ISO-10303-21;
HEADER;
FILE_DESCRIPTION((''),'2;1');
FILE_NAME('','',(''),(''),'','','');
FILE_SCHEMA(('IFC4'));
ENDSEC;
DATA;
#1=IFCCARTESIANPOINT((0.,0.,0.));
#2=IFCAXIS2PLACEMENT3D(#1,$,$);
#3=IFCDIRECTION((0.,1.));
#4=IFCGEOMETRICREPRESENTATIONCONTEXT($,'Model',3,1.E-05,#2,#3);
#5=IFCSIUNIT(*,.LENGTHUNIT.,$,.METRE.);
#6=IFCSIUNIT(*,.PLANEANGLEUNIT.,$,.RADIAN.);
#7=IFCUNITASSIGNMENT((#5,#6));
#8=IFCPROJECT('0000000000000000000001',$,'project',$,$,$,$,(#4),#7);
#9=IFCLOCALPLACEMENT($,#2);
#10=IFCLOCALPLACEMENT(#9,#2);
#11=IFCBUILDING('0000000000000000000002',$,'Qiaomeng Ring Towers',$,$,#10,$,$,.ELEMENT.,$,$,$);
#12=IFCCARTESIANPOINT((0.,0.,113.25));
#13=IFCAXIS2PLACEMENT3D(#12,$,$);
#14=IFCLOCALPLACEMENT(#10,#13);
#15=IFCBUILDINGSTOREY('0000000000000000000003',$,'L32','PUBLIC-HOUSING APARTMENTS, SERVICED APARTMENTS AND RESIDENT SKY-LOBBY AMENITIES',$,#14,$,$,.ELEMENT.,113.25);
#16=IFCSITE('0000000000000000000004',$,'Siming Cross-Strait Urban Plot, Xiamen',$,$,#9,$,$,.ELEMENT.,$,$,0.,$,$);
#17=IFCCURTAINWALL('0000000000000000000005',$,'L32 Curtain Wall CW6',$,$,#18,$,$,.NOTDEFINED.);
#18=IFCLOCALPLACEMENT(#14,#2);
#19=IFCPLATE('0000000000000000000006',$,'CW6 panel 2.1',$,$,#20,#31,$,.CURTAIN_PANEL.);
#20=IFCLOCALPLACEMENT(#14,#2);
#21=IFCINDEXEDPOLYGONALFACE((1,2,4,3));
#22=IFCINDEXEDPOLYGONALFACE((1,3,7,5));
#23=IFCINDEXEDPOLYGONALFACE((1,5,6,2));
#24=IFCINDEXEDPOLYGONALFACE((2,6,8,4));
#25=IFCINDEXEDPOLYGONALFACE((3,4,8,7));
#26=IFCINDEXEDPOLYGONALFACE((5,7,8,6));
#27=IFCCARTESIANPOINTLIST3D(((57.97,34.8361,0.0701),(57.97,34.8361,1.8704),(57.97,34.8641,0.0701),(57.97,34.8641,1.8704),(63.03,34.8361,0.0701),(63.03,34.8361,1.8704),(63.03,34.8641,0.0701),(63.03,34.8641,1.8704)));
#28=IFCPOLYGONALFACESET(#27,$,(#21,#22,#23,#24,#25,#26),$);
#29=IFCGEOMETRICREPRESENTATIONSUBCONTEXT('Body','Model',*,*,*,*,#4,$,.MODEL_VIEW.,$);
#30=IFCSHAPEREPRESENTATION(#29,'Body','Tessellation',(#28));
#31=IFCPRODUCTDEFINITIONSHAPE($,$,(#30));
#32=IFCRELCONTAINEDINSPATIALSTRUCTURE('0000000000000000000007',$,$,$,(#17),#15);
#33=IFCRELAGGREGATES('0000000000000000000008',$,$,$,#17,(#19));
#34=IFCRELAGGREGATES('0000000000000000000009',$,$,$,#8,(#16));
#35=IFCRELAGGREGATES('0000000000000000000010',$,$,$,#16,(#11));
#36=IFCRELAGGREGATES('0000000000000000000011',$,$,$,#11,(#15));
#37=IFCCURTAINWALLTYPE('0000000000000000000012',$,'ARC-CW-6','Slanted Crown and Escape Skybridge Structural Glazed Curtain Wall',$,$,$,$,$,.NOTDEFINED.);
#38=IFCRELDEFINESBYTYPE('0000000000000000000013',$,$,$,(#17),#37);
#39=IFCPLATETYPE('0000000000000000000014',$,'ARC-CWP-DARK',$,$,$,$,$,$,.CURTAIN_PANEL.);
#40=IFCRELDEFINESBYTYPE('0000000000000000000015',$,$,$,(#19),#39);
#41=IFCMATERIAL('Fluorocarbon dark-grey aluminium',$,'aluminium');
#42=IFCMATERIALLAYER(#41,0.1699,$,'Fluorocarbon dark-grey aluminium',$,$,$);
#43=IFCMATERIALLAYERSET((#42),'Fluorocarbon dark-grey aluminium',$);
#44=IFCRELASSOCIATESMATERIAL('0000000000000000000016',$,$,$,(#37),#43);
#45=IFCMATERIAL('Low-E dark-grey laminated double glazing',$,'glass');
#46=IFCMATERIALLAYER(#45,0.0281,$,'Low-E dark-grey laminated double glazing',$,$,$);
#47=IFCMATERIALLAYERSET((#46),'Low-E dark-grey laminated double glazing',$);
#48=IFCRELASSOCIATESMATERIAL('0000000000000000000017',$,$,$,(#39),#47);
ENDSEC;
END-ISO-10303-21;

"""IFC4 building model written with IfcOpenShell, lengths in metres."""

from ifc_helpers import new_model, si_unit, direction, frame, origin, origin_2d, place, context, subcontext, project, spatial, rectangle, extrude, source, transform, mapped, material, layer, layer_set, type_object, element, aggregate, save


model = new_model("IFC4")

# Units and contexts
model_context = context("Model", 3, precision=1e-05, world=origin(), true_north=direction((0.0, 1.0)))
body_context = subcontext(model_context, "Body", "Model", "MODEL_VIEW")
ifc_project = project(units=[si_unit("LENGTHUNIT", "METRE"), si_unit("PLANEANGLEUNIT", "RADIAN")], contexts=[model_context])

# Site, building, storey
site_placement = place(None, origin())
site = spatial("IfcSite", under=ifc_project, at=site_placement, Name="Siming Cross-Strait Urban Plot, Xiamen", CompositionType="ELEMENT", RefElevation=0.0)
building_placement = place(site_placement, origin())
building = spatial("IfcBuilding", under=site, at=building_placement, Name="Qiaomeng Ring Towers", CompositionType="ELEMENT")
storey_placement = place(building_placement, frame((0.0, 0.0, 113.25)))
storey = spatial("IfcBuildingStorey", under=building, at=storey_placement, Name="L32", Description="PUBLIC-HOUSING APARTMENTS, SERVICED APARTMENTS AND RESIDENT SKY-LOBBY AMENITIES", CompositionType="ELEMENT", Elevation=113.25)

# Curtain wall
ifc_material_1 = material(Name="Fluorocarbon dark-grey aluminium", Category="aluminium")
ifc_layer_1 = layer(ifc_material_1, 0.1699, Name="Fluorocarbon dark-grey aluminium")
ifc_layer_set_1 = layer_set([ifc_layer_1], Name="Fluorocarbon dark-grey aluminium")
curtain_wall_type = type_object("IfcCurtainWallType", Name="ARC-CW-6", Description="Slanted Crown and Escape Skybridge Structural Glazed Curtain Wall", PredefinedType="NOTDEFINED", material=ifc_layer_set_1)
curtain_wall_1_placement = place(storey_placement, origin())
curtain_wall_1 = element("IfcCurtainWall", 1, at=curtain_wall_1_placement, inside=storey, type_object=curtain_wall_type, Name="L32 Curtain Wall CW6", PredefinedType="NOTDEFINED")

# Plate
ifc_material_2 = material(Name="Low-E dark-grey laminated double glazing", Category="glass")
ifc_layer_2 = layer(ifc_material_2, 0.0281, Name="Low-E dark-grey laminated double glazing")
ifc_layer_set_2 = layer_set([ifc_layer_2], Name="Low-E dark-grey laminated double glazing")
plate_type_1 = type_object("IfcPlateType", Name="ARC-CWP-DARK", PredefinedType="CURTAIN_PANEL", material=ifc_layer_set_2)
shared_shape_1 = source(origin(), body_context, "Body", "SweptSolid", [
    extrude(rectangle(XDim=5.0601, YDim=0.0281, at=origin_2d()), origin(), (0.0, 0.0, 1.0), 1.8003),
])
plate_1_placement = place(storey_placement, frame((60.5, 34.8501, 0.0701), z_axis=(0.0, 0.0, 1.0), x_axis=(-1.0, 0.0, 0.0)))
plate_1 = element("IfcPlate", 2, at=plate_1_placement, type_object=plate_type_1, Name="CW6 panel 2.1", PredefinedType="CURTAIN_PANEL", context=body_context, shape_type="MappedRepresentation", body=[
    mapped(shared_shape_1, transform((0.0, 0.0, 0.0), x_axis=(1.0, 0.0, 0.0), y_axis=(0.0, 1.0, 0.0), z_axis=(0.0, 0.0, 1.0), scale=1.0)),
])
aggregate(curtain_wall_1, [plate_1])

save(model, "model.ifc")
